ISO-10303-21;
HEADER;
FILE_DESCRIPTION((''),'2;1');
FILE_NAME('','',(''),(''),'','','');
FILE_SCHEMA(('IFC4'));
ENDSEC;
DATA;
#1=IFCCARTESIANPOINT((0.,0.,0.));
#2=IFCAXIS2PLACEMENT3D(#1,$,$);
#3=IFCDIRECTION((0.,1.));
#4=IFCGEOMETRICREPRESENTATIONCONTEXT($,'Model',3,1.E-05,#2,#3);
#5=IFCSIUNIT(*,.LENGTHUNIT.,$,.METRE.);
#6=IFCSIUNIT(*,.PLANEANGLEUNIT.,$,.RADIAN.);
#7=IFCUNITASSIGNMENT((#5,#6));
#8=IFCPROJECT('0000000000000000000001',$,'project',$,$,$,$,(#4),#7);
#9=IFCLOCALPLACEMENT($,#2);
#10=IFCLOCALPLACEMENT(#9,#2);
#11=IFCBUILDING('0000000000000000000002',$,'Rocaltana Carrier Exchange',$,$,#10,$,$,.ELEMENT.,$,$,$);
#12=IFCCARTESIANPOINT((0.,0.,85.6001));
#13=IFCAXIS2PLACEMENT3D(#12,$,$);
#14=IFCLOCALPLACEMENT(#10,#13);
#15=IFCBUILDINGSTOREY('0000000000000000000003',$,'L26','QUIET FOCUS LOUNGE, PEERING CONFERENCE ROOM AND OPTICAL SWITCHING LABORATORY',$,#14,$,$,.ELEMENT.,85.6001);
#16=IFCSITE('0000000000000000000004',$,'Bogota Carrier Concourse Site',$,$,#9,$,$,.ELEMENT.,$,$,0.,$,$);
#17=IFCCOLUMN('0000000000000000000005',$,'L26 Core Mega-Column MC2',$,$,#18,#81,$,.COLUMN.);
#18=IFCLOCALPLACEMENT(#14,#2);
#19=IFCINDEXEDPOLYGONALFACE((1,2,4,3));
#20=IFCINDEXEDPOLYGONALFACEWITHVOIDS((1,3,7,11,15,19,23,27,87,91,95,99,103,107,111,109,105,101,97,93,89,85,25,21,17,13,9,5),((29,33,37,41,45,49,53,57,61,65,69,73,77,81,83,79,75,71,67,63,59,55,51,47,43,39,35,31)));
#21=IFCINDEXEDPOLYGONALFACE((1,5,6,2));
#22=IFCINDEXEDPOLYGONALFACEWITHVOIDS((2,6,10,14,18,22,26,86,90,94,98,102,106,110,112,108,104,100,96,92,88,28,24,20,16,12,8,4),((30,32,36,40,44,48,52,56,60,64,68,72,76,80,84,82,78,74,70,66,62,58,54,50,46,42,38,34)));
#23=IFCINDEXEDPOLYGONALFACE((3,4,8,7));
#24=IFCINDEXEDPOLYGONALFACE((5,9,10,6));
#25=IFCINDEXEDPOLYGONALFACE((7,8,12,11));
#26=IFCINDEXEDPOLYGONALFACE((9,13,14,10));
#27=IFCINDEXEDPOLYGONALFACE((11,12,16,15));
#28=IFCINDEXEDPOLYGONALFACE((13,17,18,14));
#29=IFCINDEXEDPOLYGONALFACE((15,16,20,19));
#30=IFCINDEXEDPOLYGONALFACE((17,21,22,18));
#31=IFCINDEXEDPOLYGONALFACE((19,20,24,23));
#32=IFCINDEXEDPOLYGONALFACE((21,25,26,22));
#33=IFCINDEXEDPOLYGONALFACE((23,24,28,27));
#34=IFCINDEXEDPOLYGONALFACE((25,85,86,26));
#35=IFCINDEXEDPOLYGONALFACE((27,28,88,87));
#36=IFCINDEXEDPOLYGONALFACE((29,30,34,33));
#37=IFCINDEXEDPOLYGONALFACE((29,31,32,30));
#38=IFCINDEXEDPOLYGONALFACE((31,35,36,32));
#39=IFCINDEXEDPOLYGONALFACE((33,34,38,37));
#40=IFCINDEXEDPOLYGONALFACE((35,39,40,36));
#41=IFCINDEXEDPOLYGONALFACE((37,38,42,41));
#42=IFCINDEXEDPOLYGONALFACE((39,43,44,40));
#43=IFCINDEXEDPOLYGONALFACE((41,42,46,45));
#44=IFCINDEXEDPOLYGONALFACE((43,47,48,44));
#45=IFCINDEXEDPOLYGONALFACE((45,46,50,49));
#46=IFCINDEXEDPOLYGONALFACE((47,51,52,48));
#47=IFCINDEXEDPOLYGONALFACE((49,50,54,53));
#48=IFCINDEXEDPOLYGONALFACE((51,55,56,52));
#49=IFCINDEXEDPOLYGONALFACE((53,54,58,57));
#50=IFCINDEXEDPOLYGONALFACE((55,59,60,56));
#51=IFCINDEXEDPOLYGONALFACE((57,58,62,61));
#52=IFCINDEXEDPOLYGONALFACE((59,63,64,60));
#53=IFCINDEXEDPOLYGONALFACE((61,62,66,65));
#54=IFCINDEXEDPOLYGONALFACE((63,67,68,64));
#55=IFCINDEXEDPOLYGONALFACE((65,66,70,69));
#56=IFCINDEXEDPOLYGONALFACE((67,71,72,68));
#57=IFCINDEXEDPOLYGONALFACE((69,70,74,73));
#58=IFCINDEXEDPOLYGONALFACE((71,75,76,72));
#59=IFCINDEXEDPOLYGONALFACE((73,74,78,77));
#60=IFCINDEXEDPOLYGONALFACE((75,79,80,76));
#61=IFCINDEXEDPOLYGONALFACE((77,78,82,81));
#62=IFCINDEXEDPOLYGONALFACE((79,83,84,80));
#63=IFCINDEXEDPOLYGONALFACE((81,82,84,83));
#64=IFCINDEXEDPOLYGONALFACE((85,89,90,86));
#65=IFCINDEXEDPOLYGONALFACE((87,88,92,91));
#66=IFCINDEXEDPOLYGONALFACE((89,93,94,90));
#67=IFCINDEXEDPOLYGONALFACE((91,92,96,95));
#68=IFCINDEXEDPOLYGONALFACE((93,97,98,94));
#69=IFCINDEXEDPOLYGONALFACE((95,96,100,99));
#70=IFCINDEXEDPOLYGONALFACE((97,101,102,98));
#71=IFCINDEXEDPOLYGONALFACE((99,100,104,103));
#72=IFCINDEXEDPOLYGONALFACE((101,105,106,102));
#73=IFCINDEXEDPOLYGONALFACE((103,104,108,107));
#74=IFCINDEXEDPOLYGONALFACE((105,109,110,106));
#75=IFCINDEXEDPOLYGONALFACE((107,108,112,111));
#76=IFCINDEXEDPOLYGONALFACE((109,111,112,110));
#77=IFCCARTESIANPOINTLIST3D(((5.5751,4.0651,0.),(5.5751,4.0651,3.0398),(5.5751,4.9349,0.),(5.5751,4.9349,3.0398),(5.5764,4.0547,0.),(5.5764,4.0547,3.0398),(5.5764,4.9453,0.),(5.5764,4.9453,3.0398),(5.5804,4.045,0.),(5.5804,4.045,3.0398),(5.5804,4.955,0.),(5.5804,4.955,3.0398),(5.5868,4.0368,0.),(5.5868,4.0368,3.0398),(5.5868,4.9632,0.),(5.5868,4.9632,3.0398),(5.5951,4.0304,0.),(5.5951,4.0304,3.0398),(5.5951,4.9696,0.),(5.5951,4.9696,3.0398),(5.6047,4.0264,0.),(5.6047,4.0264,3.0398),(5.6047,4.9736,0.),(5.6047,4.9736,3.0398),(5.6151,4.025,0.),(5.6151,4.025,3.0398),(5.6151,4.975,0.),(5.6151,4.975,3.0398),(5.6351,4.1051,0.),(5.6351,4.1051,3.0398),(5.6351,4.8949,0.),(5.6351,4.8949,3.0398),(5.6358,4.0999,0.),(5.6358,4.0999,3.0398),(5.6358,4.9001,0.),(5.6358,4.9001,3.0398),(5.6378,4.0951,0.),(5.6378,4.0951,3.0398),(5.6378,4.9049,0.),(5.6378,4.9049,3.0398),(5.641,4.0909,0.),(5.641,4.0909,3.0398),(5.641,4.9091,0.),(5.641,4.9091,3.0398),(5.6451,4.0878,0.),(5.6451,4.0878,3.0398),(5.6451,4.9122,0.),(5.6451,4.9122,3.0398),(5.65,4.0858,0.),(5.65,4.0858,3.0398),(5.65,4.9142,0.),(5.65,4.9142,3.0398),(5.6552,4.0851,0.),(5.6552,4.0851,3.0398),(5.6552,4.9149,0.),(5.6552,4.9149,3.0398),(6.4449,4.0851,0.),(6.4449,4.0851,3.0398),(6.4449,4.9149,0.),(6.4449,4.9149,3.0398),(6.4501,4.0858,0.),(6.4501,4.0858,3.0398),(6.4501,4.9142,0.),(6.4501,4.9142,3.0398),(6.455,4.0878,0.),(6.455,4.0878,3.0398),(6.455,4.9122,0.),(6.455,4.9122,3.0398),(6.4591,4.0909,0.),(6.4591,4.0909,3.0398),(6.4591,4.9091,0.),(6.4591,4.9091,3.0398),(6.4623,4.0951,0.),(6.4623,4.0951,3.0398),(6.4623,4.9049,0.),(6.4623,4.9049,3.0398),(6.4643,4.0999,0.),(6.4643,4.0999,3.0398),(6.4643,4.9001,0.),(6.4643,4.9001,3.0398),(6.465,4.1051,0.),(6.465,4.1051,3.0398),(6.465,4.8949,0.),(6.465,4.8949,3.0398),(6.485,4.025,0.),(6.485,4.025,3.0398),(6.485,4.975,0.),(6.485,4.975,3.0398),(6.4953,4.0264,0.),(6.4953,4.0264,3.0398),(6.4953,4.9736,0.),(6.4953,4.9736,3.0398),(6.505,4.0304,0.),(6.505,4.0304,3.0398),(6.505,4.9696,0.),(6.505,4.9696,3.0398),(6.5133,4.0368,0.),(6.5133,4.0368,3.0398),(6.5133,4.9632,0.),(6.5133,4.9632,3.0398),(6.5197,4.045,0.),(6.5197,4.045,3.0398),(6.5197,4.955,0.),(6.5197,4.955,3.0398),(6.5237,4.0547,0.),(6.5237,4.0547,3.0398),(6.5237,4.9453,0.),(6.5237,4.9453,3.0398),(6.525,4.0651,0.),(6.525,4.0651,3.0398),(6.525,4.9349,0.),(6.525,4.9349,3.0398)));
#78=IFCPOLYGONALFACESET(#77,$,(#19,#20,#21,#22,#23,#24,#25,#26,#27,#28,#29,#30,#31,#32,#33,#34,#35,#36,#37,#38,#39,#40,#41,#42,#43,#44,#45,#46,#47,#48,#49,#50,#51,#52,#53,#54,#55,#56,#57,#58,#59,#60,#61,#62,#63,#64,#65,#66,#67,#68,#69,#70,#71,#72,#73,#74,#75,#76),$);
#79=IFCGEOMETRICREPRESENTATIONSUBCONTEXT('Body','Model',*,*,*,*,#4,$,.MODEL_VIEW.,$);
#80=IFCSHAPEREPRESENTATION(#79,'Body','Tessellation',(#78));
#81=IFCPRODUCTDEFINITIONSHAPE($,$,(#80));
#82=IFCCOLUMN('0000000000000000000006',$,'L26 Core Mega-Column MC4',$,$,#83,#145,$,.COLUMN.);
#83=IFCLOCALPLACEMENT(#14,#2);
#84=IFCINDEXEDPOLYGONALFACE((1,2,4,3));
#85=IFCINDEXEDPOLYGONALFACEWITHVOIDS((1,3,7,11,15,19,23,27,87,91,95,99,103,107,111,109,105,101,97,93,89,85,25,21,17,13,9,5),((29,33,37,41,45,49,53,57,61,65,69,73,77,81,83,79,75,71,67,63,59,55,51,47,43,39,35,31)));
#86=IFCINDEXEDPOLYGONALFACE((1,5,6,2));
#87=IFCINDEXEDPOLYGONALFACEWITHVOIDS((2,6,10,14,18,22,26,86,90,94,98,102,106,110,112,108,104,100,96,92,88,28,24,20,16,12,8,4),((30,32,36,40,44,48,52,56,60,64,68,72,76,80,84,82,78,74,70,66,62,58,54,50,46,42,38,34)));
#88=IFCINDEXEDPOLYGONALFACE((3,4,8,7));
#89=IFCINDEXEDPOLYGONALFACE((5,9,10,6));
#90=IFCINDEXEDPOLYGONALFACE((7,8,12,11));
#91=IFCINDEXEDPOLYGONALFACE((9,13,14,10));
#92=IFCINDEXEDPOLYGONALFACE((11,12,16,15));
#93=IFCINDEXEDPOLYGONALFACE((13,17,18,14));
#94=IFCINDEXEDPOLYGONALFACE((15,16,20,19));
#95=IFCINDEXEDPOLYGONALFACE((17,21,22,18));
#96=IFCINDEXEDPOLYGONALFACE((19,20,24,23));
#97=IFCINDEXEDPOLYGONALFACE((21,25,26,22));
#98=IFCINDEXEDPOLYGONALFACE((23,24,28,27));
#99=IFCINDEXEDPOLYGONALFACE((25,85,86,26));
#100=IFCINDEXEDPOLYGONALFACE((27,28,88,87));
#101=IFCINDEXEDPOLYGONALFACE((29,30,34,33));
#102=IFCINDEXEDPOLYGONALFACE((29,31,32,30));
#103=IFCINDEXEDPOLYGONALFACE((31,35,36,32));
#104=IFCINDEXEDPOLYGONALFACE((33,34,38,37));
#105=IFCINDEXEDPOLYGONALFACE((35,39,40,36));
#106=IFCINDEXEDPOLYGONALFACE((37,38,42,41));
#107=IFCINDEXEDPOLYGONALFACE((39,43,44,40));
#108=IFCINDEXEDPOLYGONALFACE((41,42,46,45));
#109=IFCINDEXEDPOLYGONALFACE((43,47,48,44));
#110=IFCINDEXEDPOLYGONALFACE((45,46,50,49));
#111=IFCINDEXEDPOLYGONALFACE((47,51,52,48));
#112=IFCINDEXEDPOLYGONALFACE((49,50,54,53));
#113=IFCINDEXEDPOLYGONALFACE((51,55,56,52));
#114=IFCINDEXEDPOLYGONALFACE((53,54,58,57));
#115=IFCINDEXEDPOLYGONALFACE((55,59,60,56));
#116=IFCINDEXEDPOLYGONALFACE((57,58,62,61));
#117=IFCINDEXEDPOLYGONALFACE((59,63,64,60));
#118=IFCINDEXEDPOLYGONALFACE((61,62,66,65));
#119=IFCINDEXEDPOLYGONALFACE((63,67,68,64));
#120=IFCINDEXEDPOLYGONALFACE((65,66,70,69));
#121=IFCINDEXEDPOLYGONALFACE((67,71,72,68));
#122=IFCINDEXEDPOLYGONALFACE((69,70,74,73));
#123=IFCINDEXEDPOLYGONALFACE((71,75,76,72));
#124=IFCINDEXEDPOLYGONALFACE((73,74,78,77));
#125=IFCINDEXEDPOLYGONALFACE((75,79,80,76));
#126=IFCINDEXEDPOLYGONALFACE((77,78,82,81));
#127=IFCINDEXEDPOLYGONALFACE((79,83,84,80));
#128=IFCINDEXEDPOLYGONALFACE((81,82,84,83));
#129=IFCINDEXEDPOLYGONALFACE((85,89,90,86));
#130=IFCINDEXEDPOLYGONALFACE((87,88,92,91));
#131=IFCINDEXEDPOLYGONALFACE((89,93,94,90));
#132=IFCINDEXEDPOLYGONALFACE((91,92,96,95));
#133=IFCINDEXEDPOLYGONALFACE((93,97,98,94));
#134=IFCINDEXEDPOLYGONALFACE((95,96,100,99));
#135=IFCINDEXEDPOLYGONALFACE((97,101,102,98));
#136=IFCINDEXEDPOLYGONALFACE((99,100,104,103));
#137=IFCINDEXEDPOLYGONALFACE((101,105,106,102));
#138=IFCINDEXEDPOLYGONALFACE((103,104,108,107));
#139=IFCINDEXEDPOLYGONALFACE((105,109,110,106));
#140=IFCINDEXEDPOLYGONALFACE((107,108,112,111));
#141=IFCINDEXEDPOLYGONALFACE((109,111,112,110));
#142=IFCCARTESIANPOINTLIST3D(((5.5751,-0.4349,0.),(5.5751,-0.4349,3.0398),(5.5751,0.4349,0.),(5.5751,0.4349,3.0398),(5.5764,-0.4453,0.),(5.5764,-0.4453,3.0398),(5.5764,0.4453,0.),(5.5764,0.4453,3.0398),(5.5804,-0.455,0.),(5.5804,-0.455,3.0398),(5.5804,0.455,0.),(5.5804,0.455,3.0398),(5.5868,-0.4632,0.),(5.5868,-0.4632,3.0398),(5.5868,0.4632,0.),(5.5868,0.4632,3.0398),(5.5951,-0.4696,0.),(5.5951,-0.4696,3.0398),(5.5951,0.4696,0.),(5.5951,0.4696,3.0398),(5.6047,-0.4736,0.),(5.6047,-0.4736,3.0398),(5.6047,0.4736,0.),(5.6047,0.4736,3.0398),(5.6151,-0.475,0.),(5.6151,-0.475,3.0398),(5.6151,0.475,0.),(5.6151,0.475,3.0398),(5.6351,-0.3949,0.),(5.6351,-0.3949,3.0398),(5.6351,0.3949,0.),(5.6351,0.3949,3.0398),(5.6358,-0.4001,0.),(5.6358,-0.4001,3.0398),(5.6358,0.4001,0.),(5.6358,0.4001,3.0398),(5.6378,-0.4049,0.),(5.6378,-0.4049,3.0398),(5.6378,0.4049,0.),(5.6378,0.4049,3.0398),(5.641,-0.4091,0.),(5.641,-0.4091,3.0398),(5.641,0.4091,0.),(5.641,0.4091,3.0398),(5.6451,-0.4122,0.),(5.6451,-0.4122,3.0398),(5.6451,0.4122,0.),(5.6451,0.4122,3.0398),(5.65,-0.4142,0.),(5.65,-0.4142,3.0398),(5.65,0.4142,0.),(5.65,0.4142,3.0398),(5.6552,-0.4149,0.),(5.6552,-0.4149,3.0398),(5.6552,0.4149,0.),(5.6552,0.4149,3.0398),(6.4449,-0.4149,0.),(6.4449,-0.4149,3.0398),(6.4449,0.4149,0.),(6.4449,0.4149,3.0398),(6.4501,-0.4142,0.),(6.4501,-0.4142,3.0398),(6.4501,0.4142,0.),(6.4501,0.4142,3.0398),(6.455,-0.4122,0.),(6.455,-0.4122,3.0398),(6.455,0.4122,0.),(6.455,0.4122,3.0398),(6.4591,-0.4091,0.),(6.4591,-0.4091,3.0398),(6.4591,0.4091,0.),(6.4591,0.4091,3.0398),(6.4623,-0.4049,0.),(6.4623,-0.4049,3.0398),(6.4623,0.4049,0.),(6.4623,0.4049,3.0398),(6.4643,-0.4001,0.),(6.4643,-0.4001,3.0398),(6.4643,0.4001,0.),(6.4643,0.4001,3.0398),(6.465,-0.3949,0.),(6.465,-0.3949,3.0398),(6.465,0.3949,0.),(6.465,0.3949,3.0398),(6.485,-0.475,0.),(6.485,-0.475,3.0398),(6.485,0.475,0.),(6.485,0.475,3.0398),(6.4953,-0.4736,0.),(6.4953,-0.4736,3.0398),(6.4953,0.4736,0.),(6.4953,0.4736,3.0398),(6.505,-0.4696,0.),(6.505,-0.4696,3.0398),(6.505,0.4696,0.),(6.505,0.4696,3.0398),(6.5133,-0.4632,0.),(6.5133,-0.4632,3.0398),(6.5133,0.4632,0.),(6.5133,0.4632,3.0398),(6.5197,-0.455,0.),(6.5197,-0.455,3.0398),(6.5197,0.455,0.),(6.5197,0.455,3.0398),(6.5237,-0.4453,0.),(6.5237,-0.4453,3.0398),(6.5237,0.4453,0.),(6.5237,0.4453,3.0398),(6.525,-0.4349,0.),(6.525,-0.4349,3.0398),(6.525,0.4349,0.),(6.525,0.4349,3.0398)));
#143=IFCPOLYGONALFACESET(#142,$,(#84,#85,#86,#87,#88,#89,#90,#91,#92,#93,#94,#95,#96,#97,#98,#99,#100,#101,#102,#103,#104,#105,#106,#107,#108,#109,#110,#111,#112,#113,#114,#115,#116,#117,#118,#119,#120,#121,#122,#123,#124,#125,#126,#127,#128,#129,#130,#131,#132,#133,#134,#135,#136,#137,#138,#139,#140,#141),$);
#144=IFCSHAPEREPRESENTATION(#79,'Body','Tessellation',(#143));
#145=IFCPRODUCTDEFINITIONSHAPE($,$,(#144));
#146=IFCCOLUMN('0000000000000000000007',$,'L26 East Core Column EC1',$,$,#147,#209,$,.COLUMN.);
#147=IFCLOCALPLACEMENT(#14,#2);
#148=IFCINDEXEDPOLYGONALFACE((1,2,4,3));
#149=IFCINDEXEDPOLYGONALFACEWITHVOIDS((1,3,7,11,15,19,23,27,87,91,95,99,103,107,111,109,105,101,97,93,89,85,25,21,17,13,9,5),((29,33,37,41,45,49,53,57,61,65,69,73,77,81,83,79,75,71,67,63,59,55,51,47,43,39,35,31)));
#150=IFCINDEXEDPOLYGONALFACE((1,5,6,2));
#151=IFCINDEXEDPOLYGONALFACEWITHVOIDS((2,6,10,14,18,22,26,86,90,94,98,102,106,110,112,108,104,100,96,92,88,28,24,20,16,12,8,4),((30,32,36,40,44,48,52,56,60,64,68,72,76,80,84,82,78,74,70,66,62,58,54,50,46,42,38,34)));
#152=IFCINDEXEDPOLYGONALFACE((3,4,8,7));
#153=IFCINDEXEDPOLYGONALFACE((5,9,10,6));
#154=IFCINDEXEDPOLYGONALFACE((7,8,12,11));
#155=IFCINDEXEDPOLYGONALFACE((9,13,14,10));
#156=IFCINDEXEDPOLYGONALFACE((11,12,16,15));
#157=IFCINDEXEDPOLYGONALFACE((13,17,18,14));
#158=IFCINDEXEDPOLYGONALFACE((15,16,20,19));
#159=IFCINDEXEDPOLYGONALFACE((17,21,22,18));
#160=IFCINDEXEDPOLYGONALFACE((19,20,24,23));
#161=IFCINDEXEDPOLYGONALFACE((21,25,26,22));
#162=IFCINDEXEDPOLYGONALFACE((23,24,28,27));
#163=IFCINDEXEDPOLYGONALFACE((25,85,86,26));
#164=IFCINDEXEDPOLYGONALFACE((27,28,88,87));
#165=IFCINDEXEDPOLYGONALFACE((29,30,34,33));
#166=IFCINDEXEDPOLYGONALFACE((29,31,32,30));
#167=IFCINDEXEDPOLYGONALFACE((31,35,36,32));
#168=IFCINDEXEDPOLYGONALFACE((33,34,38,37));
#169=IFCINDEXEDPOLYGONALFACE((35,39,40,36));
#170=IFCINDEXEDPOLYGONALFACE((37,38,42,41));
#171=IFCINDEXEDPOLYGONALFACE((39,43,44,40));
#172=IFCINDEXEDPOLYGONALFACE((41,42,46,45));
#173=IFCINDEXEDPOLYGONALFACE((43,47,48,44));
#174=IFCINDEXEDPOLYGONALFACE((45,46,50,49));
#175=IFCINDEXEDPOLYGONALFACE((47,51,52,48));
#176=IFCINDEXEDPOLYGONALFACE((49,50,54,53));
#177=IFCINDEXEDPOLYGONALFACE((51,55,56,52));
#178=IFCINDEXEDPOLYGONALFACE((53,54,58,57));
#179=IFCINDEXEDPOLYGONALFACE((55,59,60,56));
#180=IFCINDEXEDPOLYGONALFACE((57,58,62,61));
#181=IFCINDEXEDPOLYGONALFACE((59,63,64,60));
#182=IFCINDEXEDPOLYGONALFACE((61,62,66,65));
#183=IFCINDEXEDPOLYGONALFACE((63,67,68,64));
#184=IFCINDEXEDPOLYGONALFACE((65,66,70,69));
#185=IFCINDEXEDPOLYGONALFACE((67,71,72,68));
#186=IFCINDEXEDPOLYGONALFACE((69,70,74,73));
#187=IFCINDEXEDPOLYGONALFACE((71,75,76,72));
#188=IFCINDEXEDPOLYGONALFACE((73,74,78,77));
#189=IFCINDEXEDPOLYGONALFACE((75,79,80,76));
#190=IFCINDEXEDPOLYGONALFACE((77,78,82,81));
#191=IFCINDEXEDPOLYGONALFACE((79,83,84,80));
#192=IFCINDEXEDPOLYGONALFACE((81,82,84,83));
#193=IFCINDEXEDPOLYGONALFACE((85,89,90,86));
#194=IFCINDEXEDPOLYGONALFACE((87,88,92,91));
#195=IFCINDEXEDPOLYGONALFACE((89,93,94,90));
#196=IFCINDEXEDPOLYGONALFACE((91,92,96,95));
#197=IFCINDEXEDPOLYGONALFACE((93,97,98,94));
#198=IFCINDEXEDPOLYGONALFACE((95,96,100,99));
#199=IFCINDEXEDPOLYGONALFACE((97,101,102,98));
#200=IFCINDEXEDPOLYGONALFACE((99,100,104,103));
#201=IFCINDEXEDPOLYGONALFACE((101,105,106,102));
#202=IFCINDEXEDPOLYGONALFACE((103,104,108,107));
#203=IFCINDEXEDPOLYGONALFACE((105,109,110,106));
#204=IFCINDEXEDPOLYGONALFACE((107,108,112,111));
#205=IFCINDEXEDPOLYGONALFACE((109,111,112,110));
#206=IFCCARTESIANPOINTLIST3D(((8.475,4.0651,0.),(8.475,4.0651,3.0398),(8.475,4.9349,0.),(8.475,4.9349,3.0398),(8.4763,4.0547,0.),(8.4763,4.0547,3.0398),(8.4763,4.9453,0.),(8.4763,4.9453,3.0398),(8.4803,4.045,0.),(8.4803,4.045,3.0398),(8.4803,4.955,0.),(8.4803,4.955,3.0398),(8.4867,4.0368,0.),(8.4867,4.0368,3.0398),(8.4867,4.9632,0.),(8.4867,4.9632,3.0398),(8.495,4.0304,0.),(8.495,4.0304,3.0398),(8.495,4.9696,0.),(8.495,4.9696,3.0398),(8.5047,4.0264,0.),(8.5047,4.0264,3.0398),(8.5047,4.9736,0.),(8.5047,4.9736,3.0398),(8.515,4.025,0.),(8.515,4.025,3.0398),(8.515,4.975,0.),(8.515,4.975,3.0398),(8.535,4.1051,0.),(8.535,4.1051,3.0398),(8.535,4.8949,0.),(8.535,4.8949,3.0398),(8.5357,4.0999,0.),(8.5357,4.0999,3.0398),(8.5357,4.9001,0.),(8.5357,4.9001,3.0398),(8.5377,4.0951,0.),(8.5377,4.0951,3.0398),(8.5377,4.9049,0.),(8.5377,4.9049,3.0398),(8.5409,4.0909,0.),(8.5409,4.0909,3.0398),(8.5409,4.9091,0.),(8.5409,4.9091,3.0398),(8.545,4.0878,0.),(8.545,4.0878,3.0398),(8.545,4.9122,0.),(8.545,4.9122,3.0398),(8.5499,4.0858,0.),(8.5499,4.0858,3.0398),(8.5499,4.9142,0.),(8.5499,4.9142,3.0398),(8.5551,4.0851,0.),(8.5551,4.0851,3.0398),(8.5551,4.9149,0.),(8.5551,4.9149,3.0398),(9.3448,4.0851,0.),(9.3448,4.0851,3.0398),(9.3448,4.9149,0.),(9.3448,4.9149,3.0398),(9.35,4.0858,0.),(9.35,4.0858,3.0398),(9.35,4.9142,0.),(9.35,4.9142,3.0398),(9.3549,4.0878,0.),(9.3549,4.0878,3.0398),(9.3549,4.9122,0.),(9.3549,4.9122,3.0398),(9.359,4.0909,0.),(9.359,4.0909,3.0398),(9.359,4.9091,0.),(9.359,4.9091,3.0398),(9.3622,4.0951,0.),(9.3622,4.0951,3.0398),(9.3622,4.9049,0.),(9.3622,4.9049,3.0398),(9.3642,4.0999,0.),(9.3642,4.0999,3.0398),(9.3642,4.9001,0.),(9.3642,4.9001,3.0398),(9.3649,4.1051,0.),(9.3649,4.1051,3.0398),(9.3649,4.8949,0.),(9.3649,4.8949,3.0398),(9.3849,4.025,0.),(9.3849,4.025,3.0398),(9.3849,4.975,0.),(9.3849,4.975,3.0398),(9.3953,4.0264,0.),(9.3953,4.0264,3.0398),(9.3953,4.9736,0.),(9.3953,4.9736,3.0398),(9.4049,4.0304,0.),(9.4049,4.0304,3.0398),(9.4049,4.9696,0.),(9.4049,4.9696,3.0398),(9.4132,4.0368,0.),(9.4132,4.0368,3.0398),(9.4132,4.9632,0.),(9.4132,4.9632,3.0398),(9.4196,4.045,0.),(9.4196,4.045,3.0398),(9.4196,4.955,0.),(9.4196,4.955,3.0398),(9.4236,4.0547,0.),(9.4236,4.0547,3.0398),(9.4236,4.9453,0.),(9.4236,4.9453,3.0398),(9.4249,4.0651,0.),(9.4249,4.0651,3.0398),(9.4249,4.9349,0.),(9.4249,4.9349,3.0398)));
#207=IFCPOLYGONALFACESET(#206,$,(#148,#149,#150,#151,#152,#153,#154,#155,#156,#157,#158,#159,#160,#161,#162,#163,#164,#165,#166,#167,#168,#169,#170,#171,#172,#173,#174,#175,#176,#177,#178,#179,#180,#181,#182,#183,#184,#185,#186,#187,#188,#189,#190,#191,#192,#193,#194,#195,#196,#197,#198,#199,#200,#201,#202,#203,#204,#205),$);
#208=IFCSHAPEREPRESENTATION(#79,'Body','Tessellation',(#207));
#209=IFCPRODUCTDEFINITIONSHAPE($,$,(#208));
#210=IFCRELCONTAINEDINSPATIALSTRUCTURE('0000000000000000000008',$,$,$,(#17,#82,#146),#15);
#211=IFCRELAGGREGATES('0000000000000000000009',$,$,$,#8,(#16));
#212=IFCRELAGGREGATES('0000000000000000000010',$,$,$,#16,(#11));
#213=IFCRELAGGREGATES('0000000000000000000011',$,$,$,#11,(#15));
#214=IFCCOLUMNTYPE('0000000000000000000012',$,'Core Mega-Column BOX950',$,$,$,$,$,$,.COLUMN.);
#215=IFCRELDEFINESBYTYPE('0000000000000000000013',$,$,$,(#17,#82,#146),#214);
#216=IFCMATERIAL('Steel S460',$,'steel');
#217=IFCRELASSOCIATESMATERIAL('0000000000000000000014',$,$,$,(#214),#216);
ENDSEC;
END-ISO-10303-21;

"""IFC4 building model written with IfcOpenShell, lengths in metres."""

from ifc_helpers import new_model, si_unit, direction, frame, origin, origin_2d, place, context, subcontext, project, spatial, hollow_rectangle, extrude, material, material_profile, profile_set, type_object, element, save


model = new_model("IFC4")

# Units and contexts
model_context = context("Model", 3, precision=1e-05, world=origin(), true_north=direction((0.0, 1.0)))
body_context = subcontext(model_context, "Body", "Model", "MODEL_VIEW")
ifc_project = project(units=[si_unit("LENGTHUNIT", "METRE"), si_unit("PLANEANGLEUNIT", "RADIAN")], contexts=[model_context])

# Site, building, storey
site_placement = place(None, origin())
site = spatial("IfcSite", under=ifc_project, at=site_placement, Name="Bogota Carrier Concourse Site", CompositionType="ELEMENT", RefElevation=0.0)
building_placement = place(site_placement, origin())
building = spatial("IfcBuilding", under=site, at=building_placement, Name="Rocaltana Carrier Exchange", CompositionType="ELEMENT")
storey_placement = place(building_placement, frame((0.0, 0.0, 85.6001)))
storey = spatial("IfcBuildingStorey", under=building, at=storey_placement, Name="L26", Description="QUIET FOCUS LOUNGE, PEERING CONFERENCE ROOM AND OPTICAL SWITCHING LABORATORY", CompositionType="ELEMENT", Elevation=85.6001)

# Columns
ifc_material_1 = material(Name="Steel S460", Category="steel")
ifc_material_profile_1 = material_profile(ifc_material_1, hollow_rectangle(XDim=0.95, YDim=0.95, WallThickness=0.0601, InnerFilletRadius=0.02, OuterFilletRadius=0.04, at=origin_2d()), Name="BOX950X950X60")
ifc_profile_set_1 = profile_set([ifc_material_profile_1], Name="Steel S460")
column_type_1 = type_object("IfcColumnType", Name="Core Mega-Column BOX950", PredefinedType="COLUMN", material=ifc_profile_set_1)
for number, where, z_axis, x_axis, name in (
    (1, (6.05, 4.5, 0.0), (0.0, 0.0, 1.0), (1.0, 0.0, 0.0), "L26 Core Mega-Column MC2"),
    (2, (6.05, 0.0, 0.0), (0.0, 0.0, 1.0), (1.0, 0.0, 0.0), "L26 Core Mega-Column MC4"),
    (3, (8.95, 4.5, 0.0), (0.0, 0.0, 1.0), (1.0, 0.0, 0.0), "L26 East Core Column EC1"),
):
    element("IfcColumn", number, at=place(storey_placement, frame(where, z_axis=z_axis, x_axis=x_axis)), inside=storey, type_object=column_type_1, Name=name, PredefinedType="COLUMN", context=body_context, shape_type="SweptSolid", body=[
        extrude(hollow_rectangle(XDim=0.95, YDim=0.95, WallThickness=0.0601, InnerFilletRadius=0.02, OuterFilletRadius=0.04, at=origin_2d()), origin(), (0.0, 0.0, 1.0), 3.0398),
    ])

save(model, "model.ifc")
